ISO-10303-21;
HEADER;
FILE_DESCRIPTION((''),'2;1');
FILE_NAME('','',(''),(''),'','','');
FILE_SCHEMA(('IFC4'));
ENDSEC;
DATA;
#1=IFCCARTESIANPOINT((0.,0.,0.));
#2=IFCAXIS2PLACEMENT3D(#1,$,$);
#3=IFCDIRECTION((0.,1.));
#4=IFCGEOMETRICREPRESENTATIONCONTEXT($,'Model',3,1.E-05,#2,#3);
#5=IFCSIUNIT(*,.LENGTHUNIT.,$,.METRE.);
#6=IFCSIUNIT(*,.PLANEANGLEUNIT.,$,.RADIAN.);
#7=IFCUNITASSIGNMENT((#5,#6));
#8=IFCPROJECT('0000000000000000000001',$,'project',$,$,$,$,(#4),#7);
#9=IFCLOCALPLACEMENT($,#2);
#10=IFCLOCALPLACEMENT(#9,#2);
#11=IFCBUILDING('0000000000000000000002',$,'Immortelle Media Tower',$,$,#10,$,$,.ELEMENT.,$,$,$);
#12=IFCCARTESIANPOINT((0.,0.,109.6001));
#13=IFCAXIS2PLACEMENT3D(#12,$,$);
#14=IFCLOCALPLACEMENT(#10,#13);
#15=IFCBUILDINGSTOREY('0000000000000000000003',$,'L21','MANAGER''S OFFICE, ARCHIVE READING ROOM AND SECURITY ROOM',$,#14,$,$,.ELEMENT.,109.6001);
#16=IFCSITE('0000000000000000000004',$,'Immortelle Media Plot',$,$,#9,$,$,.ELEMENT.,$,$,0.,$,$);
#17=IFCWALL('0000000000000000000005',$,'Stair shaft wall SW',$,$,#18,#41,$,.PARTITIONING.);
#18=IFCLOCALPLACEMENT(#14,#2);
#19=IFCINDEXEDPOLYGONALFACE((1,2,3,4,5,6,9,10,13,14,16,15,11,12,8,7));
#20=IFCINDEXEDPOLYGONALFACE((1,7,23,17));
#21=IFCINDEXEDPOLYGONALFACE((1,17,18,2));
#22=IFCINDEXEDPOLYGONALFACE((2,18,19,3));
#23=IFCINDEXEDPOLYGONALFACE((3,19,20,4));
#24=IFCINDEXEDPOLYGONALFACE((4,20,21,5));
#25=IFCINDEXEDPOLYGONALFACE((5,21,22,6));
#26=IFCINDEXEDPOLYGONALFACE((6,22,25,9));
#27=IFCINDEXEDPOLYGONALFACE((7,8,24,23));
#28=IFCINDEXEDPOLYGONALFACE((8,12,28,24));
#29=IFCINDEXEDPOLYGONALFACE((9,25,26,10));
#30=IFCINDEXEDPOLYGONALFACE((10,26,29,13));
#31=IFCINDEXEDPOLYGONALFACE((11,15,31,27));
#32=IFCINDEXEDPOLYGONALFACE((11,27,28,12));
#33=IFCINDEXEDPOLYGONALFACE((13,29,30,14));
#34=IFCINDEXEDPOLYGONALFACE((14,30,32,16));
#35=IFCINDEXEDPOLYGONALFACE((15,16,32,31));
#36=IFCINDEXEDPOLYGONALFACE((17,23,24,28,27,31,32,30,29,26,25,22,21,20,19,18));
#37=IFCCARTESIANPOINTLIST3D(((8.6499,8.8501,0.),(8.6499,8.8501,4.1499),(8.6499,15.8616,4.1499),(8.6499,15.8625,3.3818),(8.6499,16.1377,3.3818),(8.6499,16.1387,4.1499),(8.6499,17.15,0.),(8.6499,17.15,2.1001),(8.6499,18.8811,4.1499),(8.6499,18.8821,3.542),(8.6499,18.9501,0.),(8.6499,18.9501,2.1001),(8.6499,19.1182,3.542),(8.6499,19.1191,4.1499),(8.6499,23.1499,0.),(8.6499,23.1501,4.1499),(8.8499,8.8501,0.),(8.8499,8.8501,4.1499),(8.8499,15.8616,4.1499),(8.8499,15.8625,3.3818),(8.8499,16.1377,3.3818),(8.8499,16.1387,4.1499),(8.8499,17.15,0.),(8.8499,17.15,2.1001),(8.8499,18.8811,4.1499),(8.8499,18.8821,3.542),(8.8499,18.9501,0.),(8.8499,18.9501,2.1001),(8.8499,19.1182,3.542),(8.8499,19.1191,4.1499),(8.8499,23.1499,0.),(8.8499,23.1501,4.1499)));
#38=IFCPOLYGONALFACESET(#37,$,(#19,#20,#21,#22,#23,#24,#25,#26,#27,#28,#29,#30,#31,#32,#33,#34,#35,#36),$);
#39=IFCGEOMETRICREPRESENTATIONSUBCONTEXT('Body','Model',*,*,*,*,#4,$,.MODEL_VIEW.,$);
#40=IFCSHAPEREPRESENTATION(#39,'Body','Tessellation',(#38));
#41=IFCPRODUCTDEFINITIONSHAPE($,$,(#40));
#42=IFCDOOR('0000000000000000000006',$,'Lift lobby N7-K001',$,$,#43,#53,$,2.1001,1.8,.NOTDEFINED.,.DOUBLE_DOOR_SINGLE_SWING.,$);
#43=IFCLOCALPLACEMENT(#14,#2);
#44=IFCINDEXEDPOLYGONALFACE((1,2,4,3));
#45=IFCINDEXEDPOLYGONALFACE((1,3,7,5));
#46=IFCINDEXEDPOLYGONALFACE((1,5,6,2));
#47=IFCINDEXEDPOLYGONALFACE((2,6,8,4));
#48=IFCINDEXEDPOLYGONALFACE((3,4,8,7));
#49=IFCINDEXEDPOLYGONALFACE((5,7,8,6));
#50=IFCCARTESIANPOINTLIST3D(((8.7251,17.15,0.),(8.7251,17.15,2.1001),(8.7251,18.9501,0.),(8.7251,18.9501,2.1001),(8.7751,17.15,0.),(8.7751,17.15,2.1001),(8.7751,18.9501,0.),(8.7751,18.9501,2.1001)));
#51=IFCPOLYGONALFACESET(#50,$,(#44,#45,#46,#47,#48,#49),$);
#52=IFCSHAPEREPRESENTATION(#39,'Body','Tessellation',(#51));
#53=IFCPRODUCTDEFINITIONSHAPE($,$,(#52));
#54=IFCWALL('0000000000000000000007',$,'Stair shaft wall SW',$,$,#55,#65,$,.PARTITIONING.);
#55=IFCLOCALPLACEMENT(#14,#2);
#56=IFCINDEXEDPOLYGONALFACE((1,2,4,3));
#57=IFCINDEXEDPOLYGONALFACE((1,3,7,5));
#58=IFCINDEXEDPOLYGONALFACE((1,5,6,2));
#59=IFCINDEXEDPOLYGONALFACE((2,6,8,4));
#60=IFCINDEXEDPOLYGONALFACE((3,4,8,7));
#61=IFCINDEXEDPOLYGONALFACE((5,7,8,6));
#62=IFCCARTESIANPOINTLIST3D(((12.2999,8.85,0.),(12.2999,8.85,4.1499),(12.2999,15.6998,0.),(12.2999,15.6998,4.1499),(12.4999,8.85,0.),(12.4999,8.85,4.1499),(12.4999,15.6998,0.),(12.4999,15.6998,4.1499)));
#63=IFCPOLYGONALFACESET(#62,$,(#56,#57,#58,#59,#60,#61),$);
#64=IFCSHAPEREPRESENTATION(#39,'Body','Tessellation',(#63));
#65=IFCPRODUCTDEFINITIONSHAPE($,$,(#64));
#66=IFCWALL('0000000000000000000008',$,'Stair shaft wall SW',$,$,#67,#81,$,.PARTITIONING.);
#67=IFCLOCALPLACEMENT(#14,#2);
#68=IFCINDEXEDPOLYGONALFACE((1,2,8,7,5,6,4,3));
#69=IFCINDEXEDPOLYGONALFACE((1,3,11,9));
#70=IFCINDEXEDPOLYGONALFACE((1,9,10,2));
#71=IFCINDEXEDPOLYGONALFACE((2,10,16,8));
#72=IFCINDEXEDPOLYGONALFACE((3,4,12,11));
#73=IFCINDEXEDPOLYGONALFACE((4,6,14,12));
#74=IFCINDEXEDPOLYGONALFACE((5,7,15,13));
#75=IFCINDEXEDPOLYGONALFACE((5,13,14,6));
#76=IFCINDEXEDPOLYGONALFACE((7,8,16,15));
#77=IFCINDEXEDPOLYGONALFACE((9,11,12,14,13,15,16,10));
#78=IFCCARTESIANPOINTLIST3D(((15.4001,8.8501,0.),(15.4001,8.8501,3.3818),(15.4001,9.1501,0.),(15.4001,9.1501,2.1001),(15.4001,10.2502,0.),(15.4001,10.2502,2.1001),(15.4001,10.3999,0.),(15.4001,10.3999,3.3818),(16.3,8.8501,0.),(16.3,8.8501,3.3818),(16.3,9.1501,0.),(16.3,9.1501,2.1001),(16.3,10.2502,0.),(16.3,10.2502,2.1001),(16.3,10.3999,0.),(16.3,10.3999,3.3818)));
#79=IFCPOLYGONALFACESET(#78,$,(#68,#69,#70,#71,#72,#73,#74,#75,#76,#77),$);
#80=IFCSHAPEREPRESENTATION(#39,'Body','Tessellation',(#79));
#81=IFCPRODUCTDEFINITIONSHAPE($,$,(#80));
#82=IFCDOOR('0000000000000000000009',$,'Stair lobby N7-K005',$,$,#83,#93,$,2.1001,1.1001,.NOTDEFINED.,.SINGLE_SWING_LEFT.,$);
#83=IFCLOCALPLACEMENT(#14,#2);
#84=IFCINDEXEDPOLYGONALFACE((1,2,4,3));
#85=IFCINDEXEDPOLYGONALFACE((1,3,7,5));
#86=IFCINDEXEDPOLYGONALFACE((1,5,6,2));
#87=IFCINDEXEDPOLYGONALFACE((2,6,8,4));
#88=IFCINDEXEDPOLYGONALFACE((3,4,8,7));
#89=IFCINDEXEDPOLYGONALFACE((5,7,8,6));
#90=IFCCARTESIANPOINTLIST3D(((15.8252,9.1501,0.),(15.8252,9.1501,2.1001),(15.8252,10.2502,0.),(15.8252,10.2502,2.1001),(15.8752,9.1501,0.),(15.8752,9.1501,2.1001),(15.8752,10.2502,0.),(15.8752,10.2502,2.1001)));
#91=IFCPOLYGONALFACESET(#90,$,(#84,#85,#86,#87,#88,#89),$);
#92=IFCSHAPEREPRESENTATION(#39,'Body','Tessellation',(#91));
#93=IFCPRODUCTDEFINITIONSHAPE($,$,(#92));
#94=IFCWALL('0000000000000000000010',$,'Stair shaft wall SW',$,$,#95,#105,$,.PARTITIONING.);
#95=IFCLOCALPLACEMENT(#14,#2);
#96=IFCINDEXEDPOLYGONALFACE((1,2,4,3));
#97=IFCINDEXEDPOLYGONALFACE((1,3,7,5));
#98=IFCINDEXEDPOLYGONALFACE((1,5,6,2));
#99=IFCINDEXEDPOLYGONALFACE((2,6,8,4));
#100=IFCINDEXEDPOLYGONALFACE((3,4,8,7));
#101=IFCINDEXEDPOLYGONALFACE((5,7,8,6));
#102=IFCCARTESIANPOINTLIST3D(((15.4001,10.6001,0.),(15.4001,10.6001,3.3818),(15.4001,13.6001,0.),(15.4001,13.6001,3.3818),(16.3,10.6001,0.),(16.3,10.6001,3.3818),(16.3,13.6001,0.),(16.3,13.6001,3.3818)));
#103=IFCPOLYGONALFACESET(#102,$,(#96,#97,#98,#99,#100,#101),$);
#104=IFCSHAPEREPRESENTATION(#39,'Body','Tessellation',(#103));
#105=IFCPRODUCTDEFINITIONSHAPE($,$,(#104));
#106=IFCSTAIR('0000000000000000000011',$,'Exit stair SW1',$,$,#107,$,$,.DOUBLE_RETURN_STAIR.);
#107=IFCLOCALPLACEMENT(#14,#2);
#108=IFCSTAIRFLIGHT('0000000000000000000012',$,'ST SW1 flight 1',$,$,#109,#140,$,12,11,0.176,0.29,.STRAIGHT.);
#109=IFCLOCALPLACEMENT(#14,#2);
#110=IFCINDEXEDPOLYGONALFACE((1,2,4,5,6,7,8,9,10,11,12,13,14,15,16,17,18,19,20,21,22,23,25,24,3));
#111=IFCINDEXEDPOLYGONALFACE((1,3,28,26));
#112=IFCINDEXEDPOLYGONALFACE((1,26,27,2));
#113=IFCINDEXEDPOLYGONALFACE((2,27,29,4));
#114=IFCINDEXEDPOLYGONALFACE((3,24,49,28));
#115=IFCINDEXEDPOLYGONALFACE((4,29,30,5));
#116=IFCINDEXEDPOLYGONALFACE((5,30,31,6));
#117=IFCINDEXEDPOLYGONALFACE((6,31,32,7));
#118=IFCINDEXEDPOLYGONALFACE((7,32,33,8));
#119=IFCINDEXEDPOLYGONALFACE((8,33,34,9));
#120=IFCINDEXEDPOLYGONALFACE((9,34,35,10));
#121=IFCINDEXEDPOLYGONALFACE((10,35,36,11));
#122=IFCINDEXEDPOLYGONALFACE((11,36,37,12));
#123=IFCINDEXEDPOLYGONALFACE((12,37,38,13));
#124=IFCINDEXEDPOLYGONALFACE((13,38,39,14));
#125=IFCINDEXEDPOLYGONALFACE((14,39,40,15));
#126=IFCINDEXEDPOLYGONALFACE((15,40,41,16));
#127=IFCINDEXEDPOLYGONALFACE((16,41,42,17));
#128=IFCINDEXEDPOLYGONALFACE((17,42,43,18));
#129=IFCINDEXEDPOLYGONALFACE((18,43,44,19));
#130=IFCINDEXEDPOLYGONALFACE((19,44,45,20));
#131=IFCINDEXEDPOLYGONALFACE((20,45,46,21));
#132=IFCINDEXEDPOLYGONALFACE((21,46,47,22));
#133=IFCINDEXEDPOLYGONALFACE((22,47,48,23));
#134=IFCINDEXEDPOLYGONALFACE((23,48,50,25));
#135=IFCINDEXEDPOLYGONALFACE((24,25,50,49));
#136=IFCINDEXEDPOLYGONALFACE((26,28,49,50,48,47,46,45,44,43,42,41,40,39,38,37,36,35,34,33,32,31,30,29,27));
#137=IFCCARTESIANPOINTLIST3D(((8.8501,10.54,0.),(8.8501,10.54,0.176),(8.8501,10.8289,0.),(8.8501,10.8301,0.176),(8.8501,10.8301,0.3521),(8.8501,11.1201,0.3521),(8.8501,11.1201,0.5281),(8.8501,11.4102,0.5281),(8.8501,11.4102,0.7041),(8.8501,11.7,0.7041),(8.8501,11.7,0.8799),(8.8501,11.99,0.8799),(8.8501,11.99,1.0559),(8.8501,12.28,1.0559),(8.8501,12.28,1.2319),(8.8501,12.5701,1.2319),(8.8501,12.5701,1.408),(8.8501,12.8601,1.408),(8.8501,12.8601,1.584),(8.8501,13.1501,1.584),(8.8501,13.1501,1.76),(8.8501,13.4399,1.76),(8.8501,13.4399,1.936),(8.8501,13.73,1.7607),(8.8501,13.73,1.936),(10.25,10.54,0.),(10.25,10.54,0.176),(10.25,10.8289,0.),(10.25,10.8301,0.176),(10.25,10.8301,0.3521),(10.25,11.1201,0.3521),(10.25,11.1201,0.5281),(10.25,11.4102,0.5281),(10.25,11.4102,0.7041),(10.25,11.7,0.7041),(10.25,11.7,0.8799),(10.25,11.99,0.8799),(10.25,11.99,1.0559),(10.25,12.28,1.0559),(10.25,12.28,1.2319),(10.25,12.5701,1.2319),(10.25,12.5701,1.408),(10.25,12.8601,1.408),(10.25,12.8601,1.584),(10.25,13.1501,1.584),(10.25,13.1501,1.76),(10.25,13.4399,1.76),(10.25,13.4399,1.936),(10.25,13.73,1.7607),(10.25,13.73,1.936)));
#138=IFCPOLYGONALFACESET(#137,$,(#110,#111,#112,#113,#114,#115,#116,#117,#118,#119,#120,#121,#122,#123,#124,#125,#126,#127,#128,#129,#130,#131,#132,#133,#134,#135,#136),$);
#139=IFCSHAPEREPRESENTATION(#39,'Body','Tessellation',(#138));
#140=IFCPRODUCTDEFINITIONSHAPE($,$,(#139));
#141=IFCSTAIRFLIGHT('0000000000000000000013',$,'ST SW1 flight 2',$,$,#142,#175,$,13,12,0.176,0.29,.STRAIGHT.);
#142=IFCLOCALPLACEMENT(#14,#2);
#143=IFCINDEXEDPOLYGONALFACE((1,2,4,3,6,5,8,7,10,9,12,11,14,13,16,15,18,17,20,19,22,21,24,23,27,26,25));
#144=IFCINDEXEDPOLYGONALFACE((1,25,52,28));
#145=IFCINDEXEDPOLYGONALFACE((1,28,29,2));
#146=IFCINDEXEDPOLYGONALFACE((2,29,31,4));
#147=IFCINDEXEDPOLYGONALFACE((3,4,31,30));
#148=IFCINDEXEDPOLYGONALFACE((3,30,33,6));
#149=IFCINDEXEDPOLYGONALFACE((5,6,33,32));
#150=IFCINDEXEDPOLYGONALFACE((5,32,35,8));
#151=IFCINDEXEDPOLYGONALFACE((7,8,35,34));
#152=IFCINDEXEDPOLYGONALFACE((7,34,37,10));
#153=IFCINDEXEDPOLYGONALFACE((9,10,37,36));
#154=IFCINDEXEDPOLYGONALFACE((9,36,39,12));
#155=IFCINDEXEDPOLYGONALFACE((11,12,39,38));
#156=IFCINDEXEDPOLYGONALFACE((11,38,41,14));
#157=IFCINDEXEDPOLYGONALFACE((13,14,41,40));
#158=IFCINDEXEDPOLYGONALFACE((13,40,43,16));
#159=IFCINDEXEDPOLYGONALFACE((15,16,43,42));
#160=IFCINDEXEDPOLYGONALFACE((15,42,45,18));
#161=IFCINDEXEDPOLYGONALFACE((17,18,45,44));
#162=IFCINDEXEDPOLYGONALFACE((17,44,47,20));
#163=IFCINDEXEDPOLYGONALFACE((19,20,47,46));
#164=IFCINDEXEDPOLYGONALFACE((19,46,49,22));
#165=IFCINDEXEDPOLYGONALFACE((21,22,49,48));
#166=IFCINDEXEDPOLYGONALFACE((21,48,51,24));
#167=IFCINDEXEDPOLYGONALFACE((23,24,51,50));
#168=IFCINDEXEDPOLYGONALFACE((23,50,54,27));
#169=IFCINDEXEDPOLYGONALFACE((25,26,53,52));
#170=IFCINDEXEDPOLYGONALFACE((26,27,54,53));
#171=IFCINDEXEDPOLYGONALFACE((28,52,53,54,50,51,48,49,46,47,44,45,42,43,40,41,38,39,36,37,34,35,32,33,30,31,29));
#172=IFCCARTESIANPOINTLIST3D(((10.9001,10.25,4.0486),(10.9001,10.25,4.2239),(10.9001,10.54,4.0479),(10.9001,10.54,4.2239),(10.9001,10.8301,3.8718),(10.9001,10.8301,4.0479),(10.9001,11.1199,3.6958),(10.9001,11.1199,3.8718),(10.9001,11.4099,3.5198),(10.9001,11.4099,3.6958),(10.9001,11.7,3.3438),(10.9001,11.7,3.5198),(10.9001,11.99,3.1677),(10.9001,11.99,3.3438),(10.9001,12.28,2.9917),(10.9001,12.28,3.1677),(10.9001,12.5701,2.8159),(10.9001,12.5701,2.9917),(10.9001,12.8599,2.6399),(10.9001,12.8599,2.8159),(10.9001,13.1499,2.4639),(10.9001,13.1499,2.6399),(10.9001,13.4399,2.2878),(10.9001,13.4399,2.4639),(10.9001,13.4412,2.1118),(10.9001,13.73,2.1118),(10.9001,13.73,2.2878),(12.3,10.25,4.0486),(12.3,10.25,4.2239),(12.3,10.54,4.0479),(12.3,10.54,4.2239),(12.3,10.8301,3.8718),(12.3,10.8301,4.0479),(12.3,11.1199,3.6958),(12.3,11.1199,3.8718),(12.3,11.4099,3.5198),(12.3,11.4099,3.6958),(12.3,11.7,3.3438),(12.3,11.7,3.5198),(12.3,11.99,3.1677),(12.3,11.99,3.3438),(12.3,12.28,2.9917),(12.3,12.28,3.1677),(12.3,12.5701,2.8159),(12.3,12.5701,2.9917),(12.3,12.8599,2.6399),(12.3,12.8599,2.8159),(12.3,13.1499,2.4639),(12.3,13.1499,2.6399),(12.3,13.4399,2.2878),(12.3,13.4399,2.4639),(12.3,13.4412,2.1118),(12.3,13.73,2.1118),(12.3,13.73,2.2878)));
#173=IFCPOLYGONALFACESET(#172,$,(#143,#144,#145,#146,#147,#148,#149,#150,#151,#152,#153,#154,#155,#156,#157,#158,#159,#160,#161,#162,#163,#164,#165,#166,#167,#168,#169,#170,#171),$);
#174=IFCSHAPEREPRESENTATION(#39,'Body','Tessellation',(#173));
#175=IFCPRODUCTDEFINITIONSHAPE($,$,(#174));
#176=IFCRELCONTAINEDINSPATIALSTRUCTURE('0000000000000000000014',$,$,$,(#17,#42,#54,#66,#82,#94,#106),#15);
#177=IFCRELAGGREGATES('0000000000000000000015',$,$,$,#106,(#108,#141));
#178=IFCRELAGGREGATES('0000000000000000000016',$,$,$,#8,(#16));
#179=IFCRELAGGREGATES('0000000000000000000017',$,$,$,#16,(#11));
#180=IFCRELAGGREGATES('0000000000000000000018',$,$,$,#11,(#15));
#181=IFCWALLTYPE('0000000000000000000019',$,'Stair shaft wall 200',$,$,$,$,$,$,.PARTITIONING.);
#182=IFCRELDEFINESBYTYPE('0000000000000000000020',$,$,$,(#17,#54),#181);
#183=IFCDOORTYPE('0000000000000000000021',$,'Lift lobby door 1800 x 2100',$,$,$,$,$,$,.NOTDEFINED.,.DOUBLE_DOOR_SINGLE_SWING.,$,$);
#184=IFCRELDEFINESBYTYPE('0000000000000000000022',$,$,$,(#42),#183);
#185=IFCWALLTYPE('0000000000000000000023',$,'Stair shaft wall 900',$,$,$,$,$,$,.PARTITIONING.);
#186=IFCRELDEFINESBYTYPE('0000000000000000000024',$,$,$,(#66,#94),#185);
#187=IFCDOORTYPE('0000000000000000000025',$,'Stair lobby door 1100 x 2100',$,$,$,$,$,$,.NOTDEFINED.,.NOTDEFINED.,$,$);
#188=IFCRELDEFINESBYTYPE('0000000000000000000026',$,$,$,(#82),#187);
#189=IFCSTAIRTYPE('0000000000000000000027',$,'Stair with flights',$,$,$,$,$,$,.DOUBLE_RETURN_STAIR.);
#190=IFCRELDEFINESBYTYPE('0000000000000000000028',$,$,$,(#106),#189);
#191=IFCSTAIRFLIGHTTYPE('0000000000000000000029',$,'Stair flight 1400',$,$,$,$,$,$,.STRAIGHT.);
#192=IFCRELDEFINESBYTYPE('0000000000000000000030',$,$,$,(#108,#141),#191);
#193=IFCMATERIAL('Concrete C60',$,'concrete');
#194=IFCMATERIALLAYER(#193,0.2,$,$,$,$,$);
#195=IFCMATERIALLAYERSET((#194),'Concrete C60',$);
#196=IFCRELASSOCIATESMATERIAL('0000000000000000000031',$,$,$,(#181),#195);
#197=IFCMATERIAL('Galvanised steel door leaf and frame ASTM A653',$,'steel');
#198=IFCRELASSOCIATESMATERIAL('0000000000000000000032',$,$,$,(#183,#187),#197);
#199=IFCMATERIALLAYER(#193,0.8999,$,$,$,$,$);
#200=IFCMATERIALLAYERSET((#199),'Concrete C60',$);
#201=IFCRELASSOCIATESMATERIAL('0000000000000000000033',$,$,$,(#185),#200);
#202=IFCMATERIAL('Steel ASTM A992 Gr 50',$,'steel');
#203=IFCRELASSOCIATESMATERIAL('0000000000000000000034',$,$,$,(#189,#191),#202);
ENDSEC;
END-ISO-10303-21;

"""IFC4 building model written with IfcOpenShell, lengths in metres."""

from ifc_helpers import new_model, si_unit, direction, frame, frame_2d, origin, place, context, subcontext, project, spatial, polyline, rectangle, outline, extrude, material, layer, layer_set, type_object, element, fill, aggregate, save


model = new_model("IFC4")

# Units and contexts
model_context = context("Model", 3, precision=1e-05, world=origin(), true_north=direction((0.0, 1.0)))
body_context = subcontext(model_context, "Body", "Model", "MODEL_VIEW")
ifc_project = project(units=[si_unit("LENGTHUNIT", "METRE"), si_unit("PLANEANGLEUNIT", "RADIAN")], contexts=[model_context])

# Site, building, storey
site_placement = place(None, origin())
site = spatial("IfcSite", under=ifc_project, at=site_placement, Name="Immortelle Media Plot", CompositionType="ELEMENT", RefElevation=0.0)
building_placement = place(site_placement, origin())
building = spatial("IfcBuilding", under=site, at=building_placement, Name="Immortelle Media Tower", CompositionType="ELEMENT")
storey_placement = place(building_placement, frame((0.0, 0.0, 109.6001)))
storey = spatial("IfcBuildingStorey", under=building, at=storey_placement, Name="L21", Description="MANAGER'S OFFICE, ARCHIVE READING ROOM AND SECURITY ROOM", CompositionType="ELEMENT", Elevation=109.6001)

# Shared definitions
ifc_material_1 = material(Name="Steel ASTM A992 Gr 50", Category="steel")

# Shared definitions
ifc_material_2 = material(Name="Concrete C60", Category="concrete")

# Wall, opening, door
ifc_layer_1 = layer(ifc_material_2, 0.2)
ifc_layer_set_1 = layer_set([ifc_layer_1], Name="Concrete C60")
wall_type_1 = type_object("IfcWallType", Name="Stair shaft wall 200", PredefinedType="PARTITIONING", material=ifc_layer_set_1)
wall_1_placement = place(storey_placement, frame((8.75, 8.8501, 0.0), z_axis=(0.0, 0.0, 1.0), x_axis=(0.0, 1.0, 0.0)))
wall_1 = element("IfcWall", 1, at=wall_1_placement, inside=storey, type_object=wall_type_1, Name="Stair shaft wall SW", PredefinedType="PARTITIONING", context=body_context, shape_type="SweptSolid", body=[
    extrude(outline(polyline([(0.0, 0.0), (14.2998, 0.0), (14.3, 4.1499), (10.269, 4.1499), (10.2681, 3.542), (10.032, 3.542), (10.031, 4.1499), (7.2886, 4.1499), (7.2876, 3.3818), (7.0125, 3.3818), (7.0115, 4.1499), (0.0, 4.1499), (0.0, 0.0)])), frame((0.0, 0.1001, 0.0), z_axis=(0.0, -1.0, 0.0), x_axis=(1.0, 0.0, 0.0)), (0.0, 0.0, 1.0), 0.2),
])
opening_1_placement = place(wall_1_placement, frame((8.3, 0.0, 0.0)))
opening_1 = element("IfcOpeningElement", 2, at=opening_1_placement, cuts=wall_1, PredefinedType="OPENING", context=body_context, shape_type="SweptSolid", body=[
    extrude(rectangle(XDim=1.8, YDim=2.1001, at=frame_2d((0.8999, 1.05))), frame((0.0, 0.1099, 0.0), z_axis=(0.0, -1.0, 0.0), x_axis=(1.0, 0.0, 0.0)), (0.0, 0.0, 1.0), 0.22),
])
ifc_material_3 = material(Name="Galvanised steel door leaf and frame ASTM A653", Category="steel")
door_type_1 = type_object("IfcDoorType", Name="Lift lobby door 1800 x 2100", OperationType="DOUBLE_DOOR_SINGLE_SWING", PredefinedType="NOTDEFINED", material=ifc_material_3)
door_1_placement = place(opening_1_placement, origin())
door_1 = element("IfcDoor", 3, at=door_1_placement, inside=storey, type_object=door_type_1, Name="Lift lobby N7-K001", OperationType="DOUBLE_DOOR_SINGLE_SWING", OverallHeight=2.1001, OverallWidth=1.8, PredefinedType="NOTDEFINED", context=body_context, shape_type="SweptSolid", body=[
    extrude(rectangle(XDim=1.8, YDim=2.1001, at=frame_2d((0.8999, 1.05))), frame((0.0, 0.0249, 0.0), z_axis=(0.0, -1.0, 0.0), x_axis=(1.0, 0.0, 0.0)), (0.0, 0.0, 1.0), 0.05),
])
fill(opening_1, door_1)

# Wall
wall_2_placement = place(storey_placement, frame((12.3999, 8.8501, 0.0), z_axis=(0.0, 0.0, 1.0), x_axis=(0.0, 1.0, 0.0)))
element("IfcWall", 4, at=wall_2_placement, inside=storey, type_object=wall_type_1, Name="Stair shaft wall SW", PredefinedType="PARTITIONING", context=body_context, shape_type="SweptSolid", body=[
    extrude(rectangle(XDim=6.8499, YDim=0.2, at=frame_2d((3.4248, 0.0))), origin(), (0.0, 0.0, 1.0), 4.1499),
])

# Wall, opening, door
ifc_layer_2 = layer(ifc_material_2, 0.8999)
ifc_layer_set_2 = layer_set([ifc_layer_2], Name="Concrete C60")
wall_type_2 = type_object("IfcWallType", Name="Stair shaft wall 900", PredefinedType="PARTITIONING", material=ifc_layer_set_2)
wall_3_placement = place(storey_placement, frame((15.8501, 8.8501, 0.0), z_axis=(0.0, 0.0, 1.0), x_axis=(0.0, 1.0, 0.0)))
wall_3 = element("IfcWall", 5, at=wall_3_placement, inside=storey, type_object=wall_type_2, Name="Stair shaft wall SW", PredefinedType="PARTITIONING", context=body_context, shape_type="SweptSolid", body=[
    extrude(rectangle(XDim=1.5498, YDim=0.8999, at=frame_2d((0.7749, 0.0))), origin(), (0.0, 0.0, 1.0), 3.3818),
])
opening_2_placement = place(wall_3_placement, frame((0.3, 0.0, 0.0)))
opening_2 = element("IfcOpeningElement", 6, at=opening_2_placement, cuts=wall_3, PredefinedType="OPENING", context=body_context, shape_type="SweptSolid", body=[
    extrude(rectangle(XDim=1.1001, YDim=2.1001, at=frame_2d((0.55, 1.05))), frame((0.0, 0.46, 0.0), z_axis=(0.0, -1.0, 0.0), x_axis=(1.0, 0.0, 0.0)), (0.0, 0.0, 1.0), 0.9199),
])
door_type_2 = type_object("IfcDoorType", Name="Stair lobby door 1100 x 2100", OperationType="NOTDEFINED", PredefinedType="NOTDEFINED", material=ifc_material_3)
door_2_placement = place(opening_2_placement, origin())
door_2 = element("IfcDoor", 7, at=door_2_placement, inside=storey, type_object=door_type_2, Name="Stair lobby N7-K005", OperationType="SINGLE_SWING_LEFT", OverallHeight=2.1001, OverallWidth=1.1001, PredefinedType="NOTDEFINED", context=body_context, shape_type="SweptSolid", body=[
    extrude(rectangle(XDim=1.1001, YDim=2.1001, at=frame_2d((0.55, 1.05))), frame((0.0, 0.0249, 0.0), z_axis=(0.0, -1.0, 0.0), x_axis=(1.0, 0.0, 0.0)), (0.0, 0.0, 1.0), 0.05),
])
fill(opening_2, door_2)

# Wall
wall_4_placement = place(storey_placement, frame((15.8501, 10.6001, 0.0), z_axis=(0.0, 0.0, 1.0), x_axis=(0.0, 1.0, 0.0)))
element("IfcWall", 8, at=wall_4_placement, inside=storey, type_object=wall_type_2, Name="Stair shaft wall SW", PredefinedType="PARTITIONING", context=body_context, shape_type="SweptSolid", body=[
    extrude(rectangle(XDim=3.0, YDim=0.8999, at=frame_2d((1.5, 0.0))), origin(), (0.0, 0.0, 1.0), 3.3818),
])

# Stair, stair flights
stair_type = type_object("IfcStairType", Name="Stair with flights", PredefinedType="DOUBLE_RETURN_STAIR", material=ifc_material_1)
stair_1_placement = place(storey_placement, origin())
stair_1 = element("IfcStair", 9, at=stair_1_placement, inside=storey, type_object=stair_type, Name="Exit stair SW1", PredefinedType="DOUBLE_RETURN_STAIR")
stair_flight_type = type_object("IfcStairFlightType", Name="Stair flight 1400", PredefinedType="STRAIGHT", material=ifc_material_1)
stair_flight_1_placement = place(storey_placement, frame((9.55, 10.54, 0.0), z_axis=(0.0, 0.0, 1.0), x_axis=(0.0, 1.0, 0.0)))
stair_flight_1 = element("IfcStairFlight", 10, at=stair_flight_1_placement, type_object=stair_flight_type, Name="ST SW1 flight 1", NumberOfRisers=12, NumberOfTreads=11, PredefinedType="STRAIGHT", RiserHeight=0.176, TreadLength=0.29, context=body_context, shape_type="SweptSolid", body=[
    extrude(outline(polyline([(0.0, 0.0), (0.0, 0.176), (0.29, 0.176), (0.29, 0.3521), (0.5801, 0.3521), (0.5801, 0.5281), (0.8701, 0.5281), (0.8701, 0.7041), (1.1599, 0.7041), (1.1599, 0.8799), (1.45, 0.8799), (1.45, 1.0559), (1.74, 1.0559), (1.74, 1.2319), (2.03, 1.2319), (2.03, 1.408), (2.3201, 1.408), (2.3201, 1.584), (2.6101, 1.584), (2.6101, 1.76), (2.8999, 1.76), (2.8999, 1.936), (3.1899, 1.936), (3.1899, 2.1121), (3.1899, 1.7607), (0.2888, 0.0), (0.0, 0.0)])), frame((0.0, 0.7, 0.0), z_axis=(0.0, -1.0, 0.0), x_axis=(1.0, 0.0, 0.0)), (0.0, 0.0, 1.0), 1.3999),
])
stair_flight_2_placement = place(storey_placement, frame((11.6001, 13.73, 2.1118), z_axis=(0.0, 0.0, 1.0), x_axis=(0.0, -1.0, 0.0)))
stair_flight_2 = element("IfcStairFlight", 11, at=stair_flight_2_placement, type_object=stair_flight_type, Name="ST SW1 flight 2", NumberOfRisers=13, NumberOfTreads=12, PredefinedType="STRAIGHT", RiserHeight=0.176, TreadLength=0.29, context=body_context, shape_type="SweptSolid", body=[
    extrude(outline(polyline([(0.0, 0.0), (0.0, 0.176), (0.29, 0.176), (0.29, 0.3521), (0.5801, 0.3521), (0.5801, 0.5281), (0.8701, 0.5281), (0.8701, 0.7041), (1.1599, 0.7041), (1.1599, 0.8799), (1.45, 0.8799), (1.45, 1.0559), (1.74, 1.0559), (1.74, 1.2319), (2.03, 1.2319), (2.03, 1.408), (2.3201, 1.408), (2.3201, 1.584), (2.6101, 1.584), (2.6101, 1.76), (2.8999, 1.76), (2.8999, 1.936), (3.1899, 1.936), (3.1899, 2.1121), (3.48, 2.1121), (3.48, 2.2881), (3.48, 1.9368), (0.2888, 0.0), (0.0, 0.0)])), frame((0.0, 0.7, 0.0), z_axis=(0.0, -1.0, 0.0), x_axis=(1.0, 0.0, 0.0)), (0.0, 0.0, 1.0), 1.3999),
])
aggregate(stair_1, [stair_flight_1, stair_flight_2])

save(model, "model.ifc")
